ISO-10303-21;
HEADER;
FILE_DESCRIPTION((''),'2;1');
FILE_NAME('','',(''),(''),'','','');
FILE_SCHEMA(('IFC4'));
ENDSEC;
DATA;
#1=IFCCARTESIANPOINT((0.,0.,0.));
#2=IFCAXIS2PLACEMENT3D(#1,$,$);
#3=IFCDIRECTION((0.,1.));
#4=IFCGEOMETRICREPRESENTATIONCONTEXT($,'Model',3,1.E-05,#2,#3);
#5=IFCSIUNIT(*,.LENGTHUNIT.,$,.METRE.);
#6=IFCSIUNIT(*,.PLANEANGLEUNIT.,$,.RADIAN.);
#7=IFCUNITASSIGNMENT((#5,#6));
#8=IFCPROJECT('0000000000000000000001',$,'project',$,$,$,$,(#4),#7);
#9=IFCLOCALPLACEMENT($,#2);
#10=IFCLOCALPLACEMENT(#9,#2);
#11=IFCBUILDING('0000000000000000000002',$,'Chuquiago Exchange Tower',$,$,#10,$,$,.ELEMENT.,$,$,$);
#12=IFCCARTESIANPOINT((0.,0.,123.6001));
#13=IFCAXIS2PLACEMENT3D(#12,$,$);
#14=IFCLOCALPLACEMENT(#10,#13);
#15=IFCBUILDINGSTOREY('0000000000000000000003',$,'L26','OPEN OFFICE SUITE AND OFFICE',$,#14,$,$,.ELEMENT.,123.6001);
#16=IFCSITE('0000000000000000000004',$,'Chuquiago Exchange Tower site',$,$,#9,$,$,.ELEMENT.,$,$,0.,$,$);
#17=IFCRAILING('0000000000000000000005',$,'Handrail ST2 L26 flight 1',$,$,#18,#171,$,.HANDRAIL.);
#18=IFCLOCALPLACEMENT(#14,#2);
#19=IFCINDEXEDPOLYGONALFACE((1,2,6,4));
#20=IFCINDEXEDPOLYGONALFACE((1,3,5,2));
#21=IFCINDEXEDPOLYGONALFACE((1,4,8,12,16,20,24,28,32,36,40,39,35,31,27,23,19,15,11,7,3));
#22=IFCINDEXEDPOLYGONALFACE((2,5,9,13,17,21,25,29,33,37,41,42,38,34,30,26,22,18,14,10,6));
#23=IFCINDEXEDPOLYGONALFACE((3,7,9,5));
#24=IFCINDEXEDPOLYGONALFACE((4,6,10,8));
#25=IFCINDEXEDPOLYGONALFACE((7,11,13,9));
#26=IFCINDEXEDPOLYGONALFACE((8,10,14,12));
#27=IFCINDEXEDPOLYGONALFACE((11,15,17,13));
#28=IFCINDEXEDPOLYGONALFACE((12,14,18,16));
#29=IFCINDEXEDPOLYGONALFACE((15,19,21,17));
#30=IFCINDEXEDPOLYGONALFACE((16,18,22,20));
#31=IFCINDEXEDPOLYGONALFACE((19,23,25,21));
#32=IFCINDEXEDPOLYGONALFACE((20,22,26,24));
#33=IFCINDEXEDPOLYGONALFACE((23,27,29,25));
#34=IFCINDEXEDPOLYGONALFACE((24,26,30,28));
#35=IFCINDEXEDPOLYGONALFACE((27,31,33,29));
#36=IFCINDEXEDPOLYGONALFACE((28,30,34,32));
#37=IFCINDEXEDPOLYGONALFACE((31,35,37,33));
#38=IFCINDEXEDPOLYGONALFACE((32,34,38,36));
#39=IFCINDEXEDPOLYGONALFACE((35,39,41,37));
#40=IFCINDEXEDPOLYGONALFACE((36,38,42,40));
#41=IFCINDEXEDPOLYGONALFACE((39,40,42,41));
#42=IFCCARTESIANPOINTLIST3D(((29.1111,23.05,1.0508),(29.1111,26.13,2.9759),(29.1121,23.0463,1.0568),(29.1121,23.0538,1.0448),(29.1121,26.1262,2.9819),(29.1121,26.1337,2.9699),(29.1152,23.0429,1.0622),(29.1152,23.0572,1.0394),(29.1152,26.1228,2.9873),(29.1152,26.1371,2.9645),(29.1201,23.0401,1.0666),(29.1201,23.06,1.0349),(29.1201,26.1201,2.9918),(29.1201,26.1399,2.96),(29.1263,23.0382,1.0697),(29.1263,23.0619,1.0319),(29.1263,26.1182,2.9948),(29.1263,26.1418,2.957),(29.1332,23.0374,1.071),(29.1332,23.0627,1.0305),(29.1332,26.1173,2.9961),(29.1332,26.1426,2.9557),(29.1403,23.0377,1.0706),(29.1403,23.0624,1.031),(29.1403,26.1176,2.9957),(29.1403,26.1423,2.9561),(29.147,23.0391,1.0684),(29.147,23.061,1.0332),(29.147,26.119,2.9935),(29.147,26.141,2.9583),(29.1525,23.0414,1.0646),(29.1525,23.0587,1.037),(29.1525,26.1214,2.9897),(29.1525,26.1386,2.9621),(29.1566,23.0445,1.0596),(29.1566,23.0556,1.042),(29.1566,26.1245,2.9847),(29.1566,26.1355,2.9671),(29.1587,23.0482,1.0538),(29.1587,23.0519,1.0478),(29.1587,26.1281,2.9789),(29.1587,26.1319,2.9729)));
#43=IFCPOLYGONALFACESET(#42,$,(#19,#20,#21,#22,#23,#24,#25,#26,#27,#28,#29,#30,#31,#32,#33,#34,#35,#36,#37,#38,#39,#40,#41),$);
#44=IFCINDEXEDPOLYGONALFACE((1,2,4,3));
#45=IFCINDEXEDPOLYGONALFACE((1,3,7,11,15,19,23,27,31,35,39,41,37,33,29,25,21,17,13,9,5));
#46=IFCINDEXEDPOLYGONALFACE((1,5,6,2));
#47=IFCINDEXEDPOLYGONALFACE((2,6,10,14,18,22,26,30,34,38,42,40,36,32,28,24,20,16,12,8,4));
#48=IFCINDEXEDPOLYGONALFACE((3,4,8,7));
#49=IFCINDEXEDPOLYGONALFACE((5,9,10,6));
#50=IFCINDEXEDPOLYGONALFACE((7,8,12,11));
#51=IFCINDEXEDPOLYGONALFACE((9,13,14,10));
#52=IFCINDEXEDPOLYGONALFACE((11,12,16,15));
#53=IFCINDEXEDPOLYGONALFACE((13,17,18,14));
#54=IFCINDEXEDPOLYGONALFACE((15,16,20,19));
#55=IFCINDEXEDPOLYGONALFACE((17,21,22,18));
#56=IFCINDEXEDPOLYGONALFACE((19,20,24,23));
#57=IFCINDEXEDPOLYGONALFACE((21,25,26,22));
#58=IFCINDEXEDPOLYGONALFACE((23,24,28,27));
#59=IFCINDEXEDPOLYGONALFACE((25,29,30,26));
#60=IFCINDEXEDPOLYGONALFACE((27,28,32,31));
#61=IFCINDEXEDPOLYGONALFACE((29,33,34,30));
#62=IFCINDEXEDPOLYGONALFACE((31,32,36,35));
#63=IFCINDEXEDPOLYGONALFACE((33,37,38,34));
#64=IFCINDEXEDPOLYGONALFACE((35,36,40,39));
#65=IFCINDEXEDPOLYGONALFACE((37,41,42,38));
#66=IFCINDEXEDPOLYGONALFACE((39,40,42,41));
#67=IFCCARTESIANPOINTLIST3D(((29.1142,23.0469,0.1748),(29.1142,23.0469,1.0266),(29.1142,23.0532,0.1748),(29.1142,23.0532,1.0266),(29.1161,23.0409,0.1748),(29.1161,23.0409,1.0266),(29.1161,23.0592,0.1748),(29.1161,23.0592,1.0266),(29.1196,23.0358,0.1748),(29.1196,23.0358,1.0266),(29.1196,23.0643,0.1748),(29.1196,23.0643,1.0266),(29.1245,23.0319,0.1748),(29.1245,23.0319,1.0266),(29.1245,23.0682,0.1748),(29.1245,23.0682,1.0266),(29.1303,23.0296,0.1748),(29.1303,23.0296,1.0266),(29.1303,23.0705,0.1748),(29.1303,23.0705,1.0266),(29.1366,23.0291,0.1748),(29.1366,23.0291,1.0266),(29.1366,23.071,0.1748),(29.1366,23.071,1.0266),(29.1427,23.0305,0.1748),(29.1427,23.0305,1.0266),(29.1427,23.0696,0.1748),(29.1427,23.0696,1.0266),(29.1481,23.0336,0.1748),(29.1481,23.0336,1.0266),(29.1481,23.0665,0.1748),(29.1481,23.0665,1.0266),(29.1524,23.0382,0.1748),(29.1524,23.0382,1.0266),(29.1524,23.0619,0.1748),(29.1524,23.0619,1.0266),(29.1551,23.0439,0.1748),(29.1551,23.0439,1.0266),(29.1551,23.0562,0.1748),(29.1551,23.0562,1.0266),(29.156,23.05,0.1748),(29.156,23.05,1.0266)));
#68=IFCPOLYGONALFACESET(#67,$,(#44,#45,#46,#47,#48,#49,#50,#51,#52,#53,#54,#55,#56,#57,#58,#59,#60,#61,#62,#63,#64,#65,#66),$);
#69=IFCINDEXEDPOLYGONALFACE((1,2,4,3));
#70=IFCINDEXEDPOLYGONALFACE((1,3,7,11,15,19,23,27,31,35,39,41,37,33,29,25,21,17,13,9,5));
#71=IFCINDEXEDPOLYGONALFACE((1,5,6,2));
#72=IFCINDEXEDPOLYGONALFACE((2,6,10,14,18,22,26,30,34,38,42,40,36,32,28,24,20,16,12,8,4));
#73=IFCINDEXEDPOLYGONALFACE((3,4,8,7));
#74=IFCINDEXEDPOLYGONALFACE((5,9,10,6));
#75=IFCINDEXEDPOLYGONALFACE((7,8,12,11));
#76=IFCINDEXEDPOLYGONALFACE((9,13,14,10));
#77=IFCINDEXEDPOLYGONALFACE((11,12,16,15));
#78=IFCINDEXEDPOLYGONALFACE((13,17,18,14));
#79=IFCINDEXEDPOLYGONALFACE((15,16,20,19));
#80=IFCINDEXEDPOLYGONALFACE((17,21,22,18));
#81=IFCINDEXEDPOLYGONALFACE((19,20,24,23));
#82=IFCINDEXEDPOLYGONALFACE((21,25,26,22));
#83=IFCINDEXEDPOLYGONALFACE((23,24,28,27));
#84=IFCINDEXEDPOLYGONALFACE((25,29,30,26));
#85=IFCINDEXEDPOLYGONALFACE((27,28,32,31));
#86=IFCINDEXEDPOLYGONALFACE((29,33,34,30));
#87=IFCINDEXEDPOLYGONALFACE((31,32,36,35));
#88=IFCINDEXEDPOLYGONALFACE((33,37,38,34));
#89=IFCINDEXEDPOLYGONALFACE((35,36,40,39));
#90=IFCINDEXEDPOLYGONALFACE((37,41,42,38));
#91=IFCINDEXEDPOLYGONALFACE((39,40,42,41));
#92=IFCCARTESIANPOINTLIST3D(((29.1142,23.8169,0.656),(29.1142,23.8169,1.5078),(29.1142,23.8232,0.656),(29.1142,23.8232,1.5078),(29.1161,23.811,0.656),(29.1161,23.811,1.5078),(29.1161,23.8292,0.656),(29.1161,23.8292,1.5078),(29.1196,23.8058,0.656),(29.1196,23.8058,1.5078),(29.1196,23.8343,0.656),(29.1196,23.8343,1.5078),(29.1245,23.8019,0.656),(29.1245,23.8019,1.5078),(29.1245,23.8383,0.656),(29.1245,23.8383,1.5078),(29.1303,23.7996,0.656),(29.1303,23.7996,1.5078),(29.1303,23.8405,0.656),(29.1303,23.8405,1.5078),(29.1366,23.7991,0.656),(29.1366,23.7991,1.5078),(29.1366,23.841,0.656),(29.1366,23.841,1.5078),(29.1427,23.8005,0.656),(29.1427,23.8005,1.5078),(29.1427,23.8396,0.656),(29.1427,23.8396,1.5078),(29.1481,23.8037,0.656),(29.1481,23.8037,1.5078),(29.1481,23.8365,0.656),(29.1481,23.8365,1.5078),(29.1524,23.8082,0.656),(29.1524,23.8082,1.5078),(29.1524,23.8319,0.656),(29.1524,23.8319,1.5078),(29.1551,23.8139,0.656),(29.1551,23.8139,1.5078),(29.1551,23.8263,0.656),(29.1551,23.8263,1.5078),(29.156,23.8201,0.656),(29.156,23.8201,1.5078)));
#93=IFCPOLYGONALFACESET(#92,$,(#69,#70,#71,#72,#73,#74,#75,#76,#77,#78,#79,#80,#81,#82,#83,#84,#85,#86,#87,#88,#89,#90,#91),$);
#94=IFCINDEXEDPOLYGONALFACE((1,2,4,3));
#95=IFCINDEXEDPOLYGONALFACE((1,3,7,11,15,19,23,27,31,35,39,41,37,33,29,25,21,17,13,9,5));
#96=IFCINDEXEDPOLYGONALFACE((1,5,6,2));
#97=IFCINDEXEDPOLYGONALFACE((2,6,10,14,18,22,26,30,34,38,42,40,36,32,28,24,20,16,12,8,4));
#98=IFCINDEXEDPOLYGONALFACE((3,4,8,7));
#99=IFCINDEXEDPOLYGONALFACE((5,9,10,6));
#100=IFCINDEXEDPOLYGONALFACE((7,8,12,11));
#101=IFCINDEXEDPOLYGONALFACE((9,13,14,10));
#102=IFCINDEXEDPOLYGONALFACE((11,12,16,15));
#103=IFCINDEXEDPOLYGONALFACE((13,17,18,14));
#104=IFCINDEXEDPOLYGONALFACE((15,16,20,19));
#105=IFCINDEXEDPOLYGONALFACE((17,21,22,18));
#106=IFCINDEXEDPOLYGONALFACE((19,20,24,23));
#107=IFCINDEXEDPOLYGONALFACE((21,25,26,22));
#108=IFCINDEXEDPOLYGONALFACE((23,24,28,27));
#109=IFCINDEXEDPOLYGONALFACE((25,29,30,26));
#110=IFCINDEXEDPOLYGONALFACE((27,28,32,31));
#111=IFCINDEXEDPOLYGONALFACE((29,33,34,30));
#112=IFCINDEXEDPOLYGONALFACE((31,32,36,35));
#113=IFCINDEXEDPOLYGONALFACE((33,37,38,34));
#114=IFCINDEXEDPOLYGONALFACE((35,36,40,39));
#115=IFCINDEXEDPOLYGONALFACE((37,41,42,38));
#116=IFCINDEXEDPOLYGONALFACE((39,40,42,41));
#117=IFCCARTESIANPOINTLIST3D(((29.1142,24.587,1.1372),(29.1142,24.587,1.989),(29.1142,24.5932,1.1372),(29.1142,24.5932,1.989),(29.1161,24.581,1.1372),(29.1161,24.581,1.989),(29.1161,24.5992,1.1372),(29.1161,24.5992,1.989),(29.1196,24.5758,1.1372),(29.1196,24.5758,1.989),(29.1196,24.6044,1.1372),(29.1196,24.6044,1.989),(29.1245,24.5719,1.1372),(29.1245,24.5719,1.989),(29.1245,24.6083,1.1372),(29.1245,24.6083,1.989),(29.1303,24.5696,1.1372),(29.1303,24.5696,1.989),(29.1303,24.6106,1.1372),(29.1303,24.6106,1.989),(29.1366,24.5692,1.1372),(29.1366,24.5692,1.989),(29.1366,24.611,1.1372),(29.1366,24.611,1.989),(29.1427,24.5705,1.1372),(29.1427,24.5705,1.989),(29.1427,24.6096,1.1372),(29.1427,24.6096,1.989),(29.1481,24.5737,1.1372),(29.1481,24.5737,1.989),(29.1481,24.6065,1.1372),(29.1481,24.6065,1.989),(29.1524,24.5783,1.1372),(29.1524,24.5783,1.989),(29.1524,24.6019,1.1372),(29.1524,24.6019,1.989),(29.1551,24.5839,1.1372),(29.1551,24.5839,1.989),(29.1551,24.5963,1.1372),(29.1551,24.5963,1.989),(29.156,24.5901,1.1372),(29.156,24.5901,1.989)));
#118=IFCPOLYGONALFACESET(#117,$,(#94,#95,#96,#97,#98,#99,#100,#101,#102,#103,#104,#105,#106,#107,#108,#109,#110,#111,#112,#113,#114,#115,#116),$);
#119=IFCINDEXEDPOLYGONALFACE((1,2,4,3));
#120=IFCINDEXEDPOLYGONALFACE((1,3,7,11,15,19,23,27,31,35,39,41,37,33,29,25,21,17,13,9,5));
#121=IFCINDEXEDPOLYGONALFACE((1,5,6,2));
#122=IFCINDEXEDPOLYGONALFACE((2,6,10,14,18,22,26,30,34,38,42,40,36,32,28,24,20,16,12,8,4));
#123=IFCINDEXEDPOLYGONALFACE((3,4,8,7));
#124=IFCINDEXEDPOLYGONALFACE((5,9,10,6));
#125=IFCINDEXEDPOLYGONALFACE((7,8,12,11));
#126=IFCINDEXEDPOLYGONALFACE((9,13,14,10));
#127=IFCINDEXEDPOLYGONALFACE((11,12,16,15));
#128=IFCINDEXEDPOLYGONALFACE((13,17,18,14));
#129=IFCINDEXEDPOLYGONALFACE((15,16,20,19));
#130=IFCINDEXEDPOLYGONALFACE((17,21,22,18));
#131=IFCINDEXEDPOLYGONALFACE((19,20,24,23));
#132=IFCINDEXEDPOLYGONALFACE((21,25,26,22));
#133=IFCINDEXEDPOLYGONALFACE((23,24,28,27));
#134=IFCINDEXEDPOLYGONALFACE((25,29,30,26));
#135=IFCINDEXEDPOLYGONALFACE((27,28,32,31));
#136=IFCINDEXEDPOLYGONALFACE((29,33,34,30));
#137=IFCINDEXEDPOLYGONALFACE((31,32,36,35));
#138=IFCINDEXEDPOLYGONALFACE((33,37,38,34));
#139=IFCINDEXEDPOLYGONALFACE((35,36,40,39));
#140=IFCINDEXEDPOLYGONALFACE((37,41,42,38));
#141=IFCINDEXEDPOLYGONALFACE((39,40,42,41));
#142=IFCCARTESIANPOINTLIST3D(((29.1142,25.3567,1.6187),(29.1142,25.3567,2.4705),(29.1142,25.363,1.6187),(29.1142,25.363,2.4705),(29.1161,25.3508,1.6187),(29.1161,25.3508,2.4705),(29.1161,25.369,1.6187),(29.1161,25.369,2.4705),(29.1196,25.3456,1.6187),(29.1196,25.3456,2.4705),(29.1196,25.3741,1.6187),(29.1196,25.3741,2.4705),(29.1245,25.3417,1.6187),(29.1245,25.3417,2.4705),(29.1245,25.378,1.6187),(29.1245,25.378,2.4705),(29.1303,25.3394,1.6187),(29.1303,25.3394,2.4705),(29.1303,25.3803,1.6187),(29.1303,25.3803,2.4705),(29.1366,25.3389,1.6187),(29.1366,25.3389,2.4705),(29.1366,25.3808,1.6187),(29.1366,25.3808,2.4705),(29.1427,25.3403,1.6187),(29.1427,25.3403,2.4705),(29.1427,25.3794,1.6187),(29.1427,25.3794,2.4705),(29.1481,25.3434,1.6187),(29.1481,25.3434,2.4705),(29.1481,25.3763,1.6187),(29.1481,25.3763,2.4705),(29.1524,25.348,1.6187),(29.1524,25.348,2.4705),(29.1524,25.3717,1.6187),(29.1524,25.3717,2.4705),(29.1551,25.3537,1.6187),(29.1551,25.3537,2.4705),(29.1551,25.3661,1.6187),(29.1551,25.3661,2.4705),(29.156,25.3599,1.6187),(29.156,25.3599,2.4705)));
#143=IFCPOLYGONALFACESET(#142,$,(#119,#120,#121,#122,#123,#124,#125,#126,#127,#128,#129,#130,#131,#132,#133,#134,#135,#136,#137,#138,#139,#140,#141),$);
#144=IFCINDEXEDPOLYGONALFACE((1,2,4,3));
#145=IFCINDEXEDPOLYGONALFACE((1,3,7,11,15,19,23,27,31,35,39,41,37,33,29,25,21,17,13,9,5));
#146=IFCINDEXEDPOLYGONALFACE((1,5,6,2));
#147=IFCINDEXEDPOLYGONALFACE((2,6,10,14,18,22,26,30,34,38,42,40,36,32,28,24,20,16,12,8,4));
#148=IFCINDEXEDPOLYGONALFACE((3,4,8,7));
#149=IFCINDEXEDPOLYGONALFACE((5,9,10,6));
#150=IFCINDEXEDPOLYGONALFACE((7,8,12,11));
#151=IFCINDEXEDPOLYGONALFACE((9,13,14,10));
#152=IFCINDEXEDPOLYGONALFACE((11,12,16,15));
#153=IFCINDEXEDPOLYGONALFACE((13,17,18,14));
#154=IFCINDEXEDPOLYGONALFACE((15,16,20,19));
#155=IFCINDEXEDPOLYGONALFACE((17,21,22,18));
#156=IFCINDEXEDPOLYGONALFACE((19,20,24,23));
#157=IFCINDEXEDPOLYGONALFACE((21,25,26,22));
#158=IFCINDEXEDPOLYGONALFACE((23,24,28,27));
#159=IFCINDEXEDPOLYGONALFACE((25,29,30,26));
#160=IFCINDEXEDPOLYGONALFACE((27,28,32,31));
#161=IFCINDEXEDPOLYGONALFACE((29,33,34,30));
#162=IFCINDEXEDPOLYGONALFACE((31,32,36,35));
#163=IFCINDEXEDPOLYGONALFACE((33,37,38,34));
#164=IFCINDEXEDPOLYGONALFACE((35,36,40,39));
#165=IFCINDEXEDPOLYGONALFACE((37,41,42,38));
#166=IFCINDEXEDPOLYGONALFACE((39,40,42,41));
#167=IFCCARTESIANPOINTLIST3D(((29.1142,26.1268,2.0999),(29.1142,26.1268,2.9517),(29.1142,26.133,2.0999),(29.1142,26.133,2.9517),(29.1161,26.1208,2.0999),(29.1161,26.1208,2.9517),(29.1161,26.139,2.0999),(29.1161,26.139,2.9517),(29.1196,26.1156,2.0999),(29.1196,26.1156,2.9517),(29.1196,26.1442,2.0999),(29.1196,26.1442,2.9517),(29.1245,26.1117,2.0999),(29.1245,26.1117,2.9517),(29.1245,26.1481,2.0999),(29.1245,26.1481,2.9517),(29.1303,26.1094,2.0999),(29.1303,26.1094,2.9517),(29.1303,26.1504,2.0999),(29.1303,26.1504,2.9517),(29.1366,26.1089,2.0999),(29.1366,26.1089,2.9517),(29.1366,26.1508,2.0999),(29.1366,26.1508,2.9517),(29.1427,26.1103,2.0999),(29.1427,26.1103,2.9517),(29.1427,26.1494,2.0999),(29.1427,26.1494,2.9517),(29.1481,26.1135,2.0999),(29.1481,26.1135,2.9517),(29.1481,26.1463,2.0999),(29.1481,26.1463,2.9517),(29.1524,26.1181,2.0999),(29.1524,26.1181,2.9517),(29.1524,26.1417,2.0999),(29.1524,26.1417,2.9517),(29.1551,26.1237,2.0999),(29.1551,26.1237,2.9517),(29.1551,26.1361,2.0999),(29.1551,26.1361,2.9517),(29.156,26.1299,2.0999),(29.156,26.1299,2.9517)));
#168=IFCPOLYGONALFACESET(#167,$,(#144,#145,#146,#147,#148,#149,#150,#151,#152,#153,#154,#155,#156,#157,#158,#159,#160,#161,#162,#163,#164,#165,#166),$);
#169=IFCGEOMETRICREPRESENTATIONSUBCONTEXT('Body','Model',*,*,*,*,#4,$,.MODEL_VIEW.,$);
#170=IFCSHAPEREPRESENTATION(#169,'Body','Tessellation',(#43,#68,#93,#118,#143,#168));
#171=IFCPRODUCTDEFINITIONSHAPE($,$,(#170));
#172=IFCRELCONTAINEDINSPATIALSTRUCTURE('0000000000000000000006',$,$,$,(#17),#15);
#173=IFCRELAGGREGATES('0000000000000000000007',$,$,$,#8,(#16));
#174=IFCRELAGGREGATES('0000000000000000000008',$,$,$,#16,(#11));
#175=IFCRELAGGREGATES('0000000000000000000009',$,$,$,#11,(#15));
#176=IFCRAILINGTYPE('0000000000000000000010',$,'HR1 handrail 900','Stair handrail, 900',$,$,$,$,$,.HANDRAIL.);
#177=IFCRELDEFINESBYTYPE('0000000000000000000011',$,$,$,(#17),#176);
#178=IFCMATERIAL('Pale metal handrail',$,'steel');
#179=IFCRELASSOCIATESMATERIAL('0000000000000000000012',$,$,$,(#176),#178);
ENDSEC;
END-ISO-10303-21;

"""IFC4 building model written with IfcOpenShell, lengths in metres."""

from ifc_helpers import new_model, si_unit, direction, frame, origin, origin_2d, place, context, subcontext, project, spatial, circle, extrude, material, type_object, element, save


model = new_model("IFC4")

# Units and contexts
model_context = context("Model", 3, precision=1e-05, world=origin(), true_north=direction((0.0, 1.0)))
body_context = subcontext(model_context, "Body", "Model", "MODEL_VIEW")
ifc_project = project(units=[si_unit("LENGTHUNIT", "METRE"), si_unit("PLANEANGLEUNIT", "RADIAN")], contexts=[model_context])

# Site, building, storey
site_placement = place(None, origin())
site = spatial("IfcSite", under=ifc_project, at=site_placement, Name="Chuquiago Exchange Tower site", CompositionType="ELEMENT", RefElevation=0.0)
building_placement = place(site_placement, origin())
building = spatial("IfcBuilding", under=site, at=building_placement, Name="Chuquiago Exchange Tower", CompositionType="ELEMENT")
storey_placement = place(building_placement, frame((0.0, 0.0, 123.6001)))
storey = spatial("IfcBuildingStorey", under=building, at=storey_placement, Name="L26", Description="OPEN OFFICE SUITE AND OFFICE", CompositionType="ELEMENT", Elevation=123.6001)

# Railing
ifc_material_1 = material(Name="Pale metal handrail", Category="steel")
railing_type = type_object("IfcRailingType", Name="HR1 handrail 900", Description="Stair handrail, 900", PredefinedType="HANDRAIL", material=ifc_material_1)
for number, where, name in (
    (1, (29.135, 23.05, 0.1748), "Handrail ST2 L26 flight 1"),
):
    element("IfcRailing", number, at=place(storey_placement, frame(where)), inside=storey, type_object=railing_type, Name=name, PredefinedType="HANDRAIL", context=body_context, shape_type="SweptSolid", body=[
        extrude(circle(Radius=0.0239, at=origin_2d()), frame((0.0, 0.0, 0.876), z_axis=(0.0, 0.847979, 0.530029), x_axis=(-1.0, 0.0, 0.0)), (0.0, 0.0, 1.0), 3.6321),
        extrude(circle(Radius=0.021, at=origin_2d()), origin(), (0.0, 0.0, 1.0), 0.8518),
        extrude(circle(Radius=0.021, at=origin_2d()), frame((0.0, 0.77, 0.4812)), (0.0, 0.0, 1.0), 0.8518),
        extrude(circle(Radius=0.021, at=origin_2d()), frame((0.0, 1.54, 0.9624)), (0.0, 0.0, 1.0), 0.8518),
        extrude(circle(Radius=0.021, at=origin_2d()), frame((0.0, 2.3098, 1.4438)), (0.0, 0.0, 1.0), 0.8518),
        extrude(circle(Radius=0.021, at=origin_2d()), frame((0.0, 3.0798, 1.925)), (0.0, 0.0, 1.0), 0.8518),
    ])

save(model, "model.ifc")
